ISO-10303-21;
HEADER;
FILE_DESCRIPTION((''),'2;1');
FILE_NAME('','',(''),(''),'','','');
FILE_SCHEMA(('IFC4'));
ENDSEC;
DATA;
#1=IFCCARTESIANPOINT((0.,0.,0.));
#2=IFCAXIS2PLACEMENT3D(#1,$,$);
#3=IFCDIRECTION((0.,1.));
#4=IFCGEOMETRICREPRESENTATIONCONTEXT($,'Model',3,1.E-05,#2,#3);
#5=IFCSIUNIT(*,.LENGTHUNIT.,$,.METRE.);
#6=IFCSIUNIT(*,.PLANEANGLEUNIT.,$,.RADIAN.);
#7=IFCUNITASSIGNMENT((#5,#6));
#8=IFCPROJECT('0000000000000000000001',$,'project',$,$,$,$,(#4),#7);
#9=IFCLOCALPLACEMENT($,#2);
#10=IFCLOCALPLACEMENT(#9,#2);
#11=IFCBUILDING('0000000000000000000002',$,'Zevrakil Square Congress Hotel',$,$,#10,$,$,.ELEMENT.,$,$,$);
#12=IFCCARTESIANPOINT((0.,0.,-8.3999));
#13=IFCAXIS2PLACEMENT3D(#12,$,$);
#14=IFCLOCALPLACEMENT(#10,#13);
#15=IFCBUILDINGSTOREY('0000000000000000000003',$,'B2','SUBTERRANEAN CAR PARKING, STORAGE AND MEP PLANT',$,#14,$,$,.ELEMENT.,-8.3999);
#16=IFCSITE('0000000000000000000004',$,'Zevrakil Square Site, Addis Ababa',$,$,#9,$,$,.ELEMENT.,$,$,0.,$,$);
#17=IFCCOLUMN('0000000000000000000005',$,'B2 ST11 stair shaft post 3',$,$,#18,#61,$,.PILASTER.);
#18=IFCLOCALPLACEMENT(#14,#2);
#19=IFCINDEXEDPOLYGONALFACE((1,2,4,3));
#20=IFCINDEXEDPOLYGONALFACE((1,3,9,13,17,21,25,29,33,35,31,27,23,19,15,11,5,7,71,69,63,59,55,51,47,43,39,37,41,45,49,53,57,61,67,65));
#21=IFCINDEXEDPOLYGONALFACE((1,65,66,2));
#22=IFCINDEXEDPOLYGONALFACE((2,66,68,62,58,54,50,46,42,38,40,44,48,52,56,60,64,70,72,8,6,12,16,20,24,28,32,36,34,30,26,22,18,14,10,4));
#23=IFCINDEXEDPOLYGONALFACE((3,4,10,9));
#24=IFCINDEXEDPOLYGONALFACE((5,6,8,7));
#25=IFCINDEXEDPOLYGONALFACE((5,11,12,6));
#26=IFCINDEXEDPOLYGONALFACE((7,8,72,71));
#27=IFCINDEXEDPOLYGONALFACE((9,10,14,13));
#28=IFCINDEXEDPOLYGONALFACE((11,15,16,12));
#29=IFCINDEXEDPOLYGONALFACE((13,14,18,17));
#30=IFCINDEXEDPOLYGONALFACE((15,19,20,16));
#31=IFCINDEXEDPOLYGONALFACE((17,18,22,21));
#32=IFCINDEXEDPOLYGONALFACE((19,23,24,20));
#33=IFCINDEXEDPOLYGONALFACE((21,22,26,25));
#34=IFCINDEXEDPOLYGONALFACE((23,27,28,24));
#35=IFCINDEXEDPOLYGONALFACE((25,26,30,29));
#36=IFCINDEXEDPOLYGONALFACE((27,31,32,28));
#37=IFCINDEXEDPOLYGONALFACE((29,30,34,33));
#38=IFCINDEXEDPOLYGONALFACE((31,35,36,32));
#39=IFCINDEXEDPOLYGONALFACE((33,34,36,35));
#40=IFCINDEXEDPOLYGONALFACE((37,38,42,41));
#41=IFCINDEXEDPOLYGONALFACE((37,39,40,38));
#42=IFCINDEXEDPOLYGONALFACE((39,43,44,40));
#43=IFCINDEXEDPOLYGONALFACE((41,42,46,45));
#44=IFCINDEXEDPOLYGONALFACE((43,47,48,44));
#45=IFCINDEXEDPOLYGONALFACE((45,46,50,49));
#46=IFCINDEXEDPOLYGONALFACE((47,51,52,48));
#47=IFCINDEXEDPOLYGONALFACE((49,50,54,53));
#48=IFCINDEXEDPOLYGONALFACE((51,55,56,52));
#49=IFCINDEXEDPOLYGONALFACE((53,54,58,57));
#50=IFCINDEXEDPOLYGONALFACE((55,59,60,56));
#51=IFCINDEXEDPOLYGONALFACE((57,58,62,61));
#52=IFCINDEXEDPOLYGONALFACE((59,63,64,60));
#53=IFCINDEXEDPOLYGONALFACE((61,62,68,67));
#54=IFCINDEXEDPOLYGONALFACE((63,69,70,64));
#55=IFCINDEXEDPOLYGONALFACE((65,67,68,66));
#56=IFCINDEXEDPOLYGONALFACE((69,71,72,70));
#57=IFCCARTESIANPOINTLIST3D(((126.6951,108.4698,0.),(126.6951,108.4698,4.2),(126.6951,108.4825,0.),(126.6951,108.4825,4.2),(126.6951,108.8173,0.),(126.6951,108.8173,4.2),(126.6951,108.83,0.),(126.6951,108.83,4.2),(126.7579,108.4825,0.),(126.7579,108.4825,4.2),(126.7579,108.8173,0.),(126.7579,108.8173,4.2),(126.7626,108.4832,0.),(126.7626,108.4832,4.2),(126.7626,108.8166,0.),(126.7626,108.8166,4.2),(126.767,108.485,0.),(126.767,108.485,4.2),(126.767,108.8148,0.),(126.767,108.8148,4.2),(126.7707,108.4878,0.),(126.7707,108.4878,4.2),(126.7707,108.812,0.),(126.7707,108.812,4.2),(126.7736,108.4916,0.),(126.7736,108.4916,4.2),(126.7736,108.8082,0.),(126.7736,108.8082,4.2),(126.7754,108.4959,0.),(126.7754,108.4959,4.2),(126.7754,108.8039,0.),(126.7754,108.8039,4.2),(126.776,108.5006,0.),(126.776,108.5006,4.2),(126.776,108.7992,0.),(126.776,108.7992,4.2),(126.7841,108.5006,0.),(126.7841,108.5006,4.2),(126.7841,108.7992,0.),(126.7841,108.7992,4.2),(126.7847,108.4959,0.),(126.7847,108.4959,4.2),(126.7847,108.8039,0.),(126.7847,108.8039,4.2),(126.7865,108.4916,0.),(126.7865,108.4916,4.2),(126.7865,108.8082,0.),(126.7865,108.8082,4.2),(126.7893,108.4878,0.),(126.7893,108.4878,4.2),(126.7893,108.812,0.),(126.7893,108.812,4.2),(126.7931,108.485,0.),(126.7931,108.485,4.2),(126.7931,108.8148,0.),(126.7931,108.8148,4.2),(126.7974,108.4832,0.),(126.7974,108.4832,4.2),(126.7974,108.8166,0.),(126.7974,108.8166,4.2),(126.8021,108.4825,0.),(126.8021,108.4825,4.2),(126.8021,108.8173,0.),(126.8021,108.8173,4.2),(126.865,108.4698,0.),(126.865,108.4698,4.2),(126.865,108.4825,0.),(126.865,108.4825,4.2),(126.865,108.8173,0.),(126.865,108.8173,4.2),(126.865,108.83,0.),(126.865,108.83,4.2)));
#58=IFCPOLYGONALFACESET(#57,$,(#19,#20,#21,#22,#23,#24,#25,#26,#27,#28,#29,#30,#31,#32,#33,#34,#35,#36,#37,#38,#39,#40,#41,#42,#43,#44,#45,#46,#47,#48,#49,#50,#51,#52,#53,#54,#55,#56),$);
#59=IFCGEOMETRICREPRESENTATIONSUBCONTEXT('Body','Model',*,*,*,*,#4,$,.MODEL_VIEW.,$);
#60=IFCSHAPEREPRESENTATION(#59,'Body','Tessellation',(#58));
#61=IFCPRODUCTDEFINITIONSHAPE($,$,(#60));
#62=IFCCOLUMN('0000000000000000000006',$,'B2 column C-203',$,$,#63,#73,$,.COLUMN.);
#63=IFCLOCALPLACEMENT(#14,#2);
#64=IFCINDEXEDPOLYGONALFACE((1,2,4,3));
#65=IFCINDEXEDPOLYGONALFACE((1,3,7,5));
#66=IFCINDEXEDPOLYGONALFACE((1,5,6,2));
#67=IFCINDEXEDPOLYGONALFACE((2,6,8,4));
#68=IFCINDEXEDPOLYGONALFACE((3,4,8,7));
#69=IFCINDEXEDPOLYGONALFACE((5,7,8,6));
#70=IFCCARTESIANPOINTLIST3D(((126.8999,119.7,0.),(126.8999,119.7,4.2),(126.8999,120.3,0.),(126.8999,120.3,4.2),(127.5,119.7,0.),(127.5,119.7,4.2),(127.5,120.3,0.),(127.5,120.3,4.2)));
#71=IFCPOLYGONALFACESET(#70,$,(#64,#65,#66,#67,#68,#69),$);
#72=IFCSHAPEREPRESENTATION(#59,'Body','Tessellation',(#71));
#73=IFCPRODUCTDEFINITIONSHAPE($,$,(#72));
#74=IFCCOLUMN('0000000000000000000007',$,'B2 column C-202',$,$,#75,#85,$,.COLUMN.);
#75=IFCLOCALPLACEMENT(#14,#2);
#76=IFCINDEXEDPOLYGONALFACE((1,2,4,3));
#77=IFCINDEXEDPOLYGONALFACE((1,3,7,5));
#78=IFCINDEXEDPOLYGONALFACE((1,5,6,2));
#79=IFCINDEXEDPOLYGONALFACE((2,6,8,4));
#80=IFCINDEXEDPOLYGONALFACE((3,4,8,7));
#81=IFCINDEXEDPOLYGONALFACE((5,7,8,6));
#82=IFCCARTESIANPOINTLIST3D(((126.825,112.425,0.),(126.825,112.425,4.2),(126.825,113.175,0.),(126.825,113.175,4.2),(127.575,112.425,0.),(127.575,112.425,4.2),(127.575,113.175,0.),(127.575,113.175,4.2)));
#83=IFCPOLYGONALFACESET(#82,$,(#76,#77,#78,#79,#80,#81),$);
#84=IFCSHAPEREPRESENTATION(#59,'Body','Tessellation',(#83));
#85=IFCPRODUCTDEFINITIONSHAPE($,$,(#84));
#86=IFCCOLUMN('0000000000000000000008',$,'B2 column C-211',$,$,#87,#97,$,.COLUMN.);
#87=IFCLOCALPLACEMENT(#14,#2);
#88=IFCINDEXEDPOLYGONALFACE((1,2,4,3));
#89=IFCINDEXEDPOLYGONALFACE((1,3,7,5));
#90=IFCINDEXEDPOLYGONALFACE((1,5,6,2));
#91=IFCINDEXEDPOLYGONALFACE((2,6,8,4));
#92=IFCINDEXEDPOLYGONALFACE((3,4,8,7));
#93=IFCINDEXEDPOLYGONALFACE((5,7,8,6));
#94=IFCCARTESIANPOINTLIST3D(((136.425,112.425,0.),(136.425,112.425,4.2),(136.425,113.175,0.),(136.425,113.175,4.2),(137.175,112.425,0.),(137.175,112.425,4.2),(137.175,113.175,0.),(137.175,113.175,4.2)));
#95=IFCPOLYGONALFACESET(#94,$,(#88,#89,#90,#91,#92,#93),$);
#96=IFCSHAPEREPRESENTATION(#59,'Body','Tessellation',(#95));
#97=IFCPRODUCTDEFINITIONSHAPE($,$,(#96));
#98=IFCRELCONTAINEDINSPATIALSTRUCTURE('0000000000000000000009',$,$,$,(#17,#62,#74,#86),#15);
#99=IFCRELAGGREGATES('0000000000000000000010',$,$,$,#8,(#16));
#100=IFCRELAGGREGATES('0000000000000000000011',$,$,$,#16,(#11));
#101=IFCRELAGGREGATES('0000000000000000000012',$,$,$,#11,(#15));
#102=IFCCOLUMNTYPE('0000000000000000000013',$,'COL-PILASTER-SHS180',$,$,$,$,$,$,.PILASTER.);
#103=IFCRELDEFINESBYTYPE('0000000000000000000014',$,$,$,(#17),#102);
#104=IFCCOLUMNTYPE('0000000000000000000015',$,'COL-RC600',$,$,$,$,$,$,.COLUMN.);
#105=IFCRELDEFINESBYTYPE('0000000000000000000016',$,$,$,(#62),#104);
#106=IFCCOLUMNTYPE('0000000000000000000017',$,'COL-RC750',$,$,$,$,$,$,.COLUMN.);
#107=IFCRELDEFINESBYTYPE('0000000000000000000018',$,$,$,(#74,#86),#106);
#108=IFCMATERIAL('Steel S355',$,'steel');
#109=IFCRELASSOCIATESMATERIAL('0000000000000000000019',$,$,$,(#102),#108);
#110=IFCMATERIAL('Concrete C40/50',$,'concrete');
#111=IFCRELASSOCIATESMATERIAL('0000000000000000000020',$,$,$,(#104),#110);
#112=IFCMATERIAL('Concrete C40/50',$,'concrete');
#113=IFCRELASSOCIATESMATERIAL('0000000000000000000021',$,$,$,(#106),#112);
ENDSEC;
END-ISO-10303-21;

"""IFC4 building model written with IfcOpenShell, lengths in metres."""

from ifc_helpers import new_model, si_unit, direction, frame, origin, origin_2d, place, context, subcontext, project, spatial, rectangle, i_section, extrude, material, material_profile, profile_set, type_object, element, save


model = new_model("IFC4")

# Units and contexts
model_context = context("Model", 3, precision=1e-05, world=origin(), true_north=direction((0.0, 1.0)))
body_context = subcontext(model_context, "Body", "Model", "MODEL_VIEW")
ifc_project = project(units=[si_unit("LENGTHUNIT", "METRE"), si_unit("PLANEANGLEUNIT", "RADIAN")], contexts=[model_context])

# Site, building, storey
site_placement = place(None, origin())
site = spatial("IfcSite", under=ifc_project, at=site_placement, Name="Zevrakil Square Site, Addis Ababa", CompositionType="ELEMENT", RefElevation=0.0)
building_placement = place(site_placement, origin())
building = spatial("IfcBuilding", under=site, at=building_placement, Name="Zevrakil Square Congress Hotel", CompositionType="ELEMENT")
storey_placement = place(building_placement, frame((0.0, 0.0, -8.3999)))
storey = spatial("IfcBuildingStorey", under=building, at=storey_placement, Name="B2", Description="SUBTERRANEAN CAR PARKING, STORAGE AND MEP PLANT", CompositionType="ELEMENT", Elevation=-8.3999)

# Columns
ifc_material_1 = material(Name="Steel S355", Category="steel")
ifc_material_profile_1 = material_profile(ifc_material_1, i_section(OverallWidth=0.1699, OverallDepth=0.3601, WebThickness=0.0081, FlangeThickness=0.0127, FilletRadius=0.0181, at=origin_2d()), Name="IPE 360")
ifc_profile_set_1 = profile_set([ifc_material_profile_1], Name="Steel S355")
column_type_1 = type_object("IfcColumnType", Name="COL-PILASTER-SHS180", PredefinedType="PILASTER", material=ifc_profile_set_1)
for number, where, z_axis, x_axis, name in (
    (1, (126.78, 108.6499, 0.0), (0.0, 0.0, 1.0), (1.0, 0.0, 0.0), "B2 ST11 stair shaft post 3"),
):
    element("IfcColumn", number, at=place(storey_placement, frame(where, z_axis=z_axis, x_axis=x_axis)), inside=storey, type_object=column_type_1, Name=name, PredefinedType="PILASTER", context=body_context, shape_type="SweptSolid", body=[
        extrude(i_section(OverallWidth=0.1699, OverallDepth=0.3601, WebThickness=0.0081, FlangeThickness=0.0127, FilletRadius=0.0181, at=origin_2d()), origin(), (0.0, 0.0, 1.0), 4.2),
    ])
ifc_material_2 = material(Name="Concrete C40/50", Category="concrete")
ifc_material_profile_2 = material_profile(ifc_material_2, rectangle(XDim=0.6001, YDim=0.6001, at=origin_2d()), Name="RC 600x600")
ifc_profile_set_2 = profile_set([ifc_material_profile_2], Name="Concrete C40/50")
column_type_2 = type_object("IfcColumnType", Name="COL-RC600", PredefinedType="COLUMN", material=ifc_profile_set_2)
column_placement = place(storey_placement, frame((127.2, 120.0, 0.0), z_axis=(0.0, 0.0, 1.0), x_axis=(1.0, 0.0, 0.0)))
element("IfcColumn", 2, at=column_placement, inside=storey, type_object=column_type_2, Name="B2 column C-203", PredefinedType="COLUMN", context=body_context, shape_type="SweptSolid", body=[
    extrude(rectangle(XDim=0.6001, YDim=0.6001, at=origin_2d()), origin(), (0.0, 0.0, 1.0), 4.2),
])
ifc_material_3 = material(Name="Concrete C40/50", Category="concrete")
ifc_material_profile_3 = material_profile(ifc_material_3, rectangle(XDim=0.75, YDim=0.75, at=origin_2d()), Name="RC 750x750")
ifc_profile_set_3 = profile_set([ifc_material_profile_3], Name="Concrete C40/50")
column_type_3 = type_object("IfcColumnType", Name="COL-RC750", PredefinedType="COLUMN", material=ifc_profile_set_3)
for number, where, z_axis, x_axis, name in (
    (3, (127.2, 112.8, 0.0), (0.0, 0.0, 1.0), (1.0, 0.0, 0.0), "B2 column C-202"),
    (4, (136.8, 112.8, 0.0), (0.0, 0.0, 1.0), (1.0, 0.0, 0.0), "B2 column C-211"),
):
    element("IfcColumn", number, at=place(storey_placement, frame(where, z_axis=z_axis, x_axis=x_axis)), inside=storey, type_object=column_type_3, Name=name, PredefinedType="COLUMN", context=body_context, shape_type="SweptSolid", body=[
        extrude(rectangle(XDim=0.75, YDim=0.75, at=origin_2d()), origin(), (0.0, 0.0, 1.0), 4.2),
    ])

save(model, "model.ifc")
